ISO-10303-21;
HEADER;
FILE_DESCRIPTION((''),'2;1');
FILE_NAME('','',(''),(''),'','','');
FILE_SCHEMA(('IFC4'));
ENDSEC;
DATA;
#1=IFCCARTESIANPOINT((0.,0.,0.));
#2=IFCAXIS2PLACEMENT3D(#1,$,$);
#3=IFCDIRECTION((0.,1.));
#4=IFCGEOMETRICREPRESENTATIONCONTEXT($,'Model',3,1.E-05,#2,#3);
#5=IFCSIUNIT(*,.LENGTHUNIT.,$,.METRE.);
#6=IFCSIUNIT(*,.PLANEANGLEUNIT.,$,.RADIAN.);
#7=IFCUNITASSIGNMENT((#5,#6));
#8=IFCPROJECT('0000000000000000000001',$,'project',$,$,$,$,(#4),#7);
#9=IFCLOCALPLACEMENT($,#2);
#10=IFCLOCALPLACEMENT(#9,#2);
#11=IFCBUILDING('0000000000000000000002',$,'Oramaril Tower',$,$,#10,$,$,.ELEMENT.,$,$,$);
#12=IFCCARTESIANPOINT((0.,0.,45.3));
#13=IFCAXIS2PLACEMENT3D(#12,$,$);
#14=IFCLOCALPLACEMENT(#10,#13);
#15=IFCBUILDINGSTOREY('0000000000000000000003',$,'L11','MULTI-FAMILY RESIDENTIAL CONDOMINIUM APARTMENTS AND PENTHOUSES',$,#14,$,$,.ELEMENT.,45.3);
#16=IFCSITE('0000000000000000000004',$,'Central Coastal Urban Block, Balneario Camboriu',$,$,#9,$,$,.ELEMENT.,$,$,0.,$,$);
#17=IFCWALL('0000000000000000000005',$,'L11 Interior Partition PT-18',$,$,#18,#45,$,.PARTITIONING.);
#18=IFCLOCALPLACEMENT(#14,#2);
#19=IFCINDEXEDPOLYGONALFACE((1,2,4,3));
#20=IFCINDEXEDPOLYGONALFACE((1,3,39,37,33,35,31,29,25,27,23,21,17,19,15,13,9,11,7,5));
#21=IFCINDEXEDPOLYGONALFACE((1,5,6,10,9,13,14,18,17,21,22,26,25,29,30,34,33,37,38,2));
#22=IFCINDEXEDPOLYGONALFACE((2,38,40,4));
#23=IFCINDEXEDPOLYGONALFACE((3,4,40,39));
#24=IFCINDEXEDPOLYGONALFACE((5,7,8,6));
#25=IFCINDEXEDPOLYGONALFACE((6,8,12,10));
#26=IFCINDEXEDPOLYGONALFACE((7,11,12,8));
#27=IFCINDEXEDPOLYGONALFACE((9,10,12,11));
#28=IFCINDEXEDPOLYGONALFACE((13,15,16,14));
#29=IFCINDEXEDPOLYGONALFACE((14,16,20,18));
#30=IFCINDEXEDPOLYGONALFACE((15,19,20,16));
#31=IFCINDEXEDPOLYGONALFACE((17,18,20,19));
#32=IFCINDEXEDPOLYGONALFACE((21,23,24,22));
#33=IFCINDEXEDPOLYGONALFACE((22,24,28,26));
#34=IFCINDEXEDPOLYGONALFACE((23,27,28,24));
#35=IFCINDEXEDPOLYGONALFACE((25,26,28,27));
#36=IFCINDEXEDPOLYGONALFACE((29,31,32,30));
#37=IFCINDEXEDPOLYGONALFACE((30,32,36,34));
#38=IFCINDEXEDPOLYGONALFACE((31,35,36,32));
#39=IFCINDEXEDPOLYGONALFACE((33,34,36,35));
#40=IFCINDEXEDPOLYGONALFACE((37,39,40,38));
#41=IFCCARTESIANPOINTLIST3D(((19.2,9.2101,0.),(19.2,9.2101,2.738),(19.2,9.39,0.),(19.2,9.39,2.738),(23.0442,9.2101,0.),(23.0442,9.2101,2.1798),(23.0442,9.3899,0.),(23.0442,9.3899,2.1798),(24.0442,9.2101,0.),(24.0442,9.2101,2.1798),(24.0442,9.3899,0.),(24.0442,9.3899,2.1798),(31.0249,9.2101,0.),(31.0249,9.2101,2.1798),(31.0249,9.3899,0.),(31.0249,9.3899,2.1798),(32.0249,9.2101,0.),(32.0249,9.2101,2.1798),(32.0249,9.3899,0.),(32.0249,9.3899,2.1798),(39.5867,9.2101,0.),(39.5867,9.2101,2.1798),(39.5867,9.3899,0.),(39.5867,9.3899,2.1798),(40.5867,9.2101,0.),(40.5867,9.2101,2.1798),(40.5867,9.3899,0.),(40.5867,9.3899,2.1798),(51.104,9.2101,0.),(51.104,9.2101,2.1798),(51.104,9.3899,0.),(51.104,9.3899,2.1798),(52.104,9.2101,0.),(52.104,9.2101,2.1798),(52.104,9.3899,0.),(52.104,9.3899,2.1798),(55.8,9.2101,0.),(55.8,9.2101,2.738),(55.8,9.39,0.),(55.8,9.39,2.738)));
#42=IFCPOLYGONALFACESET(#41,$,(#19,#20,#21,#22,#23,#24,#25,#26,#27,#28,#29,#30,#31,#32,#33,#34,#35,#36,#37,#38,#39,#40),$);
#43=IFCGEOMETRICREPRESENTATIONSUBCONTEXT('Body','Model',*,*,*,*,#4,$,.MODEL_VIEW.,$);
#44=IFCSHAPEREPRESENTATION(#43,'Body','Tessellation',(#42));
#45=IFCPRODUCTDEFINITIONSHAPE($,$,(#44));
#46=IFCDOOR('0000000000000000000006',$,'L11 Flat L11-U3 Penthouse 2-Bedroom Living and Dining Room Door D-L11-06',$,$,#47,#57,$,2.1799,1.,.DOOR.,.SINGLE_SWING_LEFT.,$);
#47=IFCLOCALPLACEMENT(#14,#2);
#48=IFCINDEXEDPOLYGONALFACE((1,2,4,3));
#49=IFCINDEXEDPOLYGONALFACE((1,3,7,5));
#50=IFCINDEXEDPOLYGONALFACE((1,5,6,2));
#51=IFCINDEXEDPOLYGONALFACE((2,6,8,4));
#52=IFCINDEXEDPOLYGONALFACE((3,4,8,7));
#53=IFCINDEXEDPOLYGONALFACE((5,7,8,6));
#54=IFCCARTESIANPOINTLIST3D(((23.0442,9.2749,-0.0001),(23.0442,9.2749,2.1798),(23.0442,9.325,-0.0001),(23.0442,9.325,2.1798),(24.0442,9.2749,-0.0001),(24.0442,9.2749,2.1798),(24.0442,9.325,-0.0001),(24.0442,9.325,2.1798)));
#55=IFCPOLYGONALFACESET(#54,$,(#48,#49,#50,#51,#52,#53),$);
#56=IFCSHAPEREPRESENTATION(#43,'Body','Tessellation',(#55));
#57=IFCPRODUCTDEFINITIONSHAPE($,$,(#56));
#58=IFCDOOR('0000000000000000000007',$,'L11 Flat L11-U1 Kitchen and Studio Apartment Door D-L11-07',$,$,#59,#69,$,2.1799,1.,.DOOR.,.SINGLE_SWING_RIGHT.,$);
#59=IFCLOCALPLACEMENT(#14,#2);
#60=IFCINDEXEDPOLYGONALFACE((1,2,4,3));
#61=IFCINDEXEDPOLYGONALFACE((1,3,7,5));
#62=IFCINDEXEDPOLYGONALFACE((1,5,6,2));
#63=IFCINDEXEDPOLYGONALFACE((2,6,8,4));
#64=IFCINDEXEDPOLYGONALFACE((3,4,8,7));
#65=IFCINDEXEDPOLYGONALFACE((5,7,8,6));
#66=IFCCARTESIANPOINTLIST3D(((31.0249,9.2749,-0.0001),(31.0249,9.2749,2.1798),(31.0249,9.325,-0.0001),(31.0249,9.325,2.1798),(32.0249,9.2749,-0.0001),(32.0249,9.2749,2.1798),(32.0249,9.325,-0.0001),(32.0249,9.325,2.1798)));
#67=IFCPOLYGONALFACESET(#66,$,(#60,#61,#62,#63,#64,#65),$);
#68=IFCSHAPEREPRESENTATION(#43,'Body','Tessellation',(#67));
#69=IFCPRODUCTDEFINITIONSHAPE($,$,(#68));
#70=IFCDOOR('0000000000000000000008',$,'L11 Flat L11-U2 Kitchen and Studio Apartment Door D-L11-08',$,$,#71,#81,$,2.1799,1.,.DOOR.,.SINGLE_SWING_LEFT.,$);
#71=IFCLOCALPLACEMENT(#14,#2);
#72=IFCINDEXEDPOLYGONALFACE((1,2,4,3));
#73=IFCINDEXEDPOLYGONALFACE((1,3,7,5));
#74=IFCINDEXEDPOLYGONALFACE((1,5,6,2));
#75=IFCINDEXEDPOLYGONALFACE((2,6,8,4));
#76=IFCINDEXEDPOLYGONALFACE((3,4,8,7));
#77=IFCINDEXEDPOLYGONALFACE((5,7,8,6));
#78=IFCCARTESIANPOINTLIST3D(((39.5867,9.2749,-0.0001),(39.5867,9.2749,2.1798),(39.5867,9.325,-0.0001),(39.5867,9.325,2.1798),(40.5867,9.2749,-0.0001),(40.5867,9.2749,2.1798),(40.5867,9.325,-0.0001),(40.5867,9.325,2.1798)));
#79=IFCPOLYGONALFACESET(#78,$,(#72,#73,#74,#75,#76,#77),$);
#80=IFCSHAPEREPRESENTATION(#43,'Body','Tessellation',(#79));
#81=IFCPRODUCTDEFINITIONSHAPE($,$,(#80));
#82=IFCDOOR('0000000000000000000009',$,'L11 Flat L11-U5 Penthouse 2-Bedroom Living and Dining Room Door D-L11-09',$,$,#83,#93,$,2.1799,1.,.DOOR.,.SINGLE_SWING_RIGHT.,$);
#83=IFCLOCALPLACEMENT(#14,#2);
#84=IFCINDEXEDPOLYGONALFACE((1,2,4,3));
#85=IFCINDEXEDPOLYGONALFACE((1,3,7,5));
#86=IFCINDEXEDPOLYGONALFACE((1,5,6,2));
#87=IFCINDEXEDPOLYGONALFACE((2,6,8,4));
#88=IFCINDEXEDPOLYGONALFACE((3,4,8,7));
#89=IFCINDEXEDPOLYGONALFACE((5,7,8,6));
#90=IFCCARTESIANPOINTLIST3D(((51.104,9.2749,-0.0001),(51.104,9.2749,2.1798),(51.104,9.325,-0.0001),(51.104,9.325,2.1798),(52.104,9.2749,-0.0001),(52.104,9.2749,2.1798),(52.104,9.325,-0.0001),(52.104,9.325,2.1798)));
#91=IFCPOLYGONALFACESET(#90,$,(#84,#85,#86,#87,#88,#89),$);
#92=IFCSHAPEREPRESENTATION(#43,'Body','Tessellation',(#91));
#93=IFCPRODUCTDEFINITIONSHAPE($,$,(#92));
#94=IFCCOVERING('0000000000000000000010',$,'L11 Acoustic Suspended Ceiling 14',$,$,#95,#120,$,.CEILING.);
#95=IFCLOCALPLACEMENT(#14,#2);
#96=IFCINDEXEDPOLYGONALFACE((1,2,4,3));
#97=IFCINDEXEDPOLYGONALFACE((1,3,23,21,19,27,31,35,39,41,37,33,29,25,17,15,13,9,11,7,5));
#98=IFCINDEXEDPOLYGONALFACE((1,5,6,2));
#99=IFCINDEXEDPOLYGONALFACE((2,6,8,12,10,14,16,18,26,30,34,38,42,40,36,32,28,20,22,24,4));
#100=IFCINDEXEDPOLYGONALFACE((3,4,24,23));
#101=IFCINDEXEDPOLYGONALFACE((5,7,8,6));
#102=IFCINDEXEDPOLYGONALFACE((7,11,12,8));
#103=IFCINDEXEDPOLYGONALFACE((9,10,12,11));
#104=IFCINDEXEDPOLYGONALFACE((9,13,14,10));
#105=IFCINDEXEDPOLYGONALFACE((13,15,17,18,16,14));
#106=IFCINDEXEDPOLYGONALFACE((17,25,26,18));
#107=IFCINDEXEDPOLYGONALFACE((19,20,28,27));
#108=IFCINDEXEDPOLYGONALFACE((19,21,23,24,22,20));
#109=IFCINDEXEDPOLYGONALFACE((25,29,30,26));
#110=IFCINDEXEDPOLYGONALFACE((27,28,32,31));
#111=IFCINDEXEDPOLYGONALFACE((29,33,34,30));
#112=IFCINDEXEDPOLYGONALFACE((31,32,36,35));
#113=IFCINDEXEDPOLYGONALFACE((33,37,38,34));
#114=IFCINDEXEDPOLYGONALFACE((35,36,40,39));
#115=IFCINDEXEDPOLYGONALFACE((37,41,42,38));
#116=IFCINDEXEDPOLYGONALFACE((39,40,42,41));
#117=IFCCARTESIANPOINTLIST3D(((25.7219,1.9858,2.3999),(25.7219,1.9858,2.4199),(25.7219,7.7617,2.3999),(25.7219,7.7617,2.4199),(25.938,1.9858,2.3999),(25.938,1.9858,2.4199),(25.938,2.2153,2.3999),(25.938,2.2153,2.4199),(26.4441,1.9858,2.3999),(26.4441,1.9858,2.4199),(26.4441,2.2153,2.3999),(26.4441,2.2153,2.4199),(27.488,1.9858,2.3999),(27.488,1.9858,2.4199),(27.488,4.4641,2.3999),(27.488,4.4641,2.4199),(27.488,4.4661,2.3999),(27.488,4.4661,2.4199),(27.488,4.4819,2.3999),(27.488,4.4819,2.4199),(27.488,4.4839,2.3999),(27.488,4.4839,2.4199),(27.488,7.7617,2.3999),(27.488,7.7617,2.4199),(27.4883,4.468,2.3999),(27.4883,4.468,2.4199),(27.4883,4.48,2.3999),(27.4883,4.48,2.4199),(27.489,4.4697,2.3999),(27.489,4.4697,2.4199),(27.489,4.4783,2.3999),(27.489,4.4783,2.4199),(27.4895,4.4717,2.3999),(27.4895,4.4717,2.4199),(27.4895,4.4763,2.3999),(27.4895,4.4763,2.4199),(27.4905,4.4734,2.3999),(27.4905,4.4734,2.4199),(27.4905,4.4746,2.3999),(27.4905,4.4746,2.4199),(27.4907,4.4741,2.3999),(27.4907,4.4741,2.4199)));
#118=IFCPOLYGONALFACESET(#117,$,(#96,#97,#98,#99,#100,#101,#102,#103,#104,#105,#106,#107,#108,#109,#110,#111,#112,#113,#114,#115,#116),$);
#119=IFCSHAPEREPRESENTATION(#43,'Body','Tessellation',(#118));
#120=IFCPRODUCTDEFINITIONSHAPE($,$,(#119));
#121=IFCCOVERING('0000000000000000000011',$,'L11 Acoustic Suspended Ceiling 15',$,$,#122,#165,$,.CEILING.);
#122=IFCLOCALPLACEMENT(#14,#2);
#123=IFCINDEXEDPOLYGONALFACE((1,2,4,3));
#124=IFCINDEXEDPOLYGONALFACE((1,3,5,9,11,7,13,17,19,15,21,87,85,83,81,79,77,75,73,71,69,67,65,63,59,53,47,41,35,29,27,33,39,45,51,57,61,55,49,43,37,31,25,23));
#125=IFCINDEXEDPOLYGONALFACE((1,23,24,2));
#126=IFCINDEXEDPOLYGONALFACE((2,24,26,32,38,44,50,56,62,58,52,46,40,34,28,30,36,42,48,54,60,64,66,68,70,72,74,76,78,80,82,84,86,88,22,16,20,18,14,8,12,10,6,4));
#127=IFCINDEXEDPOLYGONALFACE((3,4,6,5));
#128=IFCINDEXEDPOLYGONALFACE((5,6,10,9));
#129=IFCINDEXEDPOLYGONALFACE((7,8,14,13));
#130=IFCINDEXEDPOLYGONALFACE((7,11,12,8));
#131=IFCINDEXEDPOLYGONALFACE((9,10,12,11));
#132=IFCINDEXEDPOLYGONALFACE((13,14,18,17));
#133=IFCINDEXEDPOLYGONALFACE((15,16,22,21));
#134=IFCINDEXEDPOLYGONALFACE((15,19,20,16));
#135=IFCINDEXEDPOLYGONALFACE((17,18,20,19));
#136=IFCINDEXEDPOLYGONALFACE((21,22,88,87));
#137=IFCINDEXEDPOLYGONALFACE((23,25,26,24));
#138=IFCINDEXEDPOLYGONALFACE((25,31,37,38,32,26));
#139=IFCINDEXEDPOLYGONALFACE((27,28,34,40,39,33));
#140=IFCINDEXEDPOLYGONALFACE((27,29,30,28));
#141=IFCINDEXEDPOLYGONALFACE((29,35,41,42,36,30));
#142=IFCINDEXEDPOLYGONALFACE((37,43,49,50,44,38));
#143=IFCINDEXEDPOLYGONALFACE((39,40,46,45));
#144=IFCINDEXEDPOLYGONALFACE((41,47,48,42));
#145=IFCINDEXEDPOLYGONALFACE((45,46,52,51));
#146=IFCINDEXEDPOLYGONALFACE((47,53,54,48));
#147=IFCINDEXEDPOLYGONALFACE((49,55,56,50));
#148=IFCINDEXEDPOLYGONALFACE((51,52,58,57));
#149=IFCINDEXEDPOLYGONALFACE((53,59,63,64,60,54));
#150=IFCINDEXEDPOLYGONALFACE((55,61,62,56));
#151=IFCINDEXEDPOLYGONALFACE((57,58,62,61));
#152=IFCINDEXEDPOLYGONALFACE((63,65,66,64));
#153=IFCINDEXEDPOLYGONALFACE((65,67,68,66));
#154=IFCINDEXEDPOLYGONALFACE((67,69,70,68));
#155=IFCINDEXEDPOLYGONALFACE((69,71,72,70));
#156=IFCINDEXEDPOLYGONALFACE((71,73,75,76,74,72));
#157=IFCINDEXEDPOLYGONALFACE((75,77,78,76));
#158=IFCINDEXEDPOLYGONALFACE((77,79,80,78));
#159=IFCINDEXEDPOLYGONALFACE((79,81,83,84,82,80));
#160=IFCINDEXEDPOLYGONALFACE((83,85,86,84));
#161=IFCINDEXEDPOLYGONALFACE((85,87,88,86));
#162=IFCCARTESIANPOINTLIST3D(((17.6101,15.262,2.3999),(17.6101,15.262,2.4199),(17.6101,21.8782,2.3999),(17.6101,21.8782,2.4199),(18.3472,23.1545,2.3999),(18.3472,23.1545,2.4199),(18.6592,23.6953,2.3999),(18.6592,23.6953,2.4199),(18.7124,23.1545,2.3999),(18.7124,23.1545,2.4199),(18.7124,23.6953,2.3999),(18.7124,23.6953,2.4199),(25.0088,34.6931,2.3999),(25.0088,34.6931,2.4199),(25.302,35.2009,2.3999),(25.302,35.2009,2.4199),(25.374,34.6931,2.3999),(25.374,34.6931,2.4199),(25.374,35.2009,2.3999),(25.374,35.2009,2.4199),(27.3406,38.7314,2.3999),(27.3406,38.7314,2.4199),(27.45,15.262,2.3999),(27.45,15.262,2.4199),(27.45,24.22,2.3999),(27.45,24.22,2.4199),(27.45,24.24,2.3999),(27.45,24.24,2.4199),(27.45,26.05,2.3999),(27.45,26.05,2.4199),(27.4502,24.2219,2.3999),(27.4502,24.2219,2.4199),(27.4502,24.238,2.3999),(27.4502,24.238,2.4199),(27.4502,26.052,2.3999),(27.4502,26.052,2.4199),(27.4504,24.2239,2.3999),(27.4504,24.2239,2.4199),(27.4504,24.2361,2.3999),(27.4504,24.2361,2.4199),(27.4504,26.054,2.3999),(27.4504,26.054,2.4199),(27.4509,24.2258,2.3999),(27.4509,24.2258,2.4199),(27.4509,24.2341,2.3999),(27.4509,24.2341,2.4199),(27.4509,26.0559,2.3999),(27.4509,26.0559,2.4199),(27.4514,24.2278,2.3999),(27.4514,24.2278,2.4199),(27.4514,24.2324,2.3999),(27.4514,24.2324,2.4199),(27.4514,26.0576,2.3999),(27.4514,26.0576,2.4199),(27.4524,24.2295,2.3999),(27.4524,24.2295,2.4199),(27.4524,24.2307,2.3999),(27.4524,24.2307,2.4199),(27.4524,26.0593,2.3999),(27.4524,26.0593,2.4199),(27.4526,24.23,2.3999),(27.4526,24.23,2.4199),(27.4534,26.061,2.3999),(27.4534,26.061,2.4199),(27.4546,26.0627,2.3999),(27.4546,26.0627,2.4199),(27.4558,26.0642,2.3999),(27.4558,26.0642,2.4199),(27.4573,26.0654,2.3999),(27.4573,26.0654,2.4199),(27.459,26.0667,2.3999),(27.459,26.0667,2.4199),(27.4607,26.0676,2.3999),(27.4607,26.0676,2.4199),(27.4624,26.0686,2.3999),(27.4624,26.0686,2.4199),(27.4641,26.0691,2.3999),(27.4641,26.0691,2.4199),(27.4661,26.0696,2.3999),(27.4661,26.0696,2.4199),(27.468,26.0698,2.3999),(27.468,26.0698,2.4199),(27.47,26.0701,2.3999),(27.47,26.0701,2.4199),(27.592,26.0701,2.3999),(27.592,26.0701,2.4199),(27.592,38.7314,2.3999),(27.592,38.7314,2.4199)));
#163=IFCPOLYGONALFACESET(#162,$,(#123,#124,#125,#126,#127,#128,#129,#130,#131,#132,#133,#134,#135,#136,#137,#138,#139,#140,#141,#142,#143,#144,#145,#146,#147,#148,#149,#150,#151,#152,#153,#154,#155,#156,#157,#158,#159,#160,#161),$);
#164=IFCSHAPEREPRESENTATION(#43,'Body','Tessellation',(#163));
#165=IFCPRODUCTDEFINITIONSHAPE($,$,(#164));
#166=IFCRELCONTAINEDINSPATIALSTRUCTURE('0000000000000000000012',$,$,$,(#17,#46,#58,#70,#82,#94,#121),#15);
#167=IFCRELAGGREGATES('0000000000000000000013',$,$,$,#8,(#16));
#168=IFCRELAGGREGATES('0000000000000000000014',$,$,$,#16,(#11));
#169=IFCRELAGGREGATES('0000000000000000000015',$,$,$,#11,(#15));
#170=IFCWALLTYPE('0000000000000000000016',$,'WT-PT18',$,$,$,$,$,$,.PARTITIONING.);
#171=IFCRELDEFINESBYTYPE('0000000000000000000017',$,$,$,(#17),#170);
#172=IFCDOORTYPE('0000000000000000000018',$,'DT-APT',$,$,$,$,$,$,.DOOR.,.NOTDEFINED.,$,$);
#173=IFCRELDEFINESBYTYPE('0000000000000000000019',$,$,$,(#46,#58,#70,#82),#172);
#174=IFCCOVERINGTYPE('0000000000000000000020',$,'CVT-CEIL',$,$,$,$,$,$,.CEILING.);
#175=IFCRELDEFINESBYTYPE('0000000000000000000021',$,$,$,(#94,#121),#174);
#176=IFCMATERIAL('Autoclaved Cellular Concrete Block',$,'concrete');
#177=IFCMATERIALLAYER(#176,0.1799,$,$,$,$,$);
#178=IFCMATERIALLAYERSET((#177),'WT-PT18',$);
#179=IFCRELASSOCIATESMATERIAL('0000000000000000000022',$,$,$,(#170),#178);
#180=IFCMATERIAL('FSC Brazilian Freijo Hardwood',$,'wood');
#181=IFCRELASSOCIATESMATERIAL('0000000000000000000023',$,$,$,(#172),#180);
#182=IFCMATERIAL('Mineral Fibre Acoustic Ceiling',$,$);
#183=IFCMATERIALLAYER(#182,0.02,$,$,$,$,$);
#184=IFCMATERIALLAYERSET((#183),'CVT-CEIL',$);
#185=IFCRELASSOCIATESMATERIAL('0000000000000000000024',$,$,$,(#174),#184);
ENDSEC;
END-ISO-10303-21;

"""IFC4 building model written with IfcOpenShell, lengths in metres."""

from ifc_helpers import new_model, si_unit, direction, frame, frame_2d, origin, place, context, subcontext, project, spatial, polyline, rectangle, outline, extrude, material, layer, layer_set, type_object, element, fill, save


model = new_model("IFC4")

# Units and contexts
model_context = context("Model", 3, precision=1e-05, world=origin(), true_north=direction((0.0, 1.0)))
body_context = subcontext(model_context, "Body", "Model", "MODEL_VIEW")
ifc_project = project(units=[si_unit("LENGTHUNIT", "METRE"), si_unit("PLANEANGLEUNIT", "RADIAN")], contexts=[model_context])

# Site, building, storey
site_placement = place(None, origin())
site = spatial("IfcSite", under=ifc_project, at=site_placement, Name="Central Coastal Urban Block, Balneario Camboriu", CompositionType="ELEMENT", RefElevation=0.0)
building_placement = place(site_placement, origin())
building = spatial("IfcBuilding", under=site, at=building_placement, Name="Oramaril Tower", CompositionType="ELEMENT")
storey_placement = place(building_placement, frame((0.0, 0.0, 45.3)))
storey = spatial("IfcBuildingStorey", under=building, at=storey_placement, Name="L11", Description="MULTI-FAMILY RESIDENTIAL CONDOMINIUM APARTMENTS AND PENTHOUSES", CompositionType="ELEMENT", Elevation=45.3)

# Wall, openings, doors
ifc_material_1 = material(Name="Autoclaved Cellular Concrete Block", Category="concrete")
ifc_layer_1 = layer(ifc_material_1, 0.1799)
ifc_layer_set_1 = layer_set([ifc_layer_1], Name="WT-PT18")
wall_type_1 = type_object("IfcWallType", Name="WT-PT18", PredefinedType="PARTITIONING", material=ifc_layer_set_1)
wall_1_placement = place(storey_placement, frame((19.2, 9.3, 0.0), z_axis=(0.0, 0.0, 1.0), x_axis=(1.0, 0.0, 0.0)))
wall_1 = element("IfcWall", 1, at=wall_1_placement, inside=storey, type_object=wall_type_1, Name="L11 Interior Partition PT-18", PredefinedType="PARTITIONING", context=body_context, shape_type="SweptSolid", body=[
    extrude(rectangle(XDim=36.6001, YDim=0.1799, at=frame_2d((18.3, 0.0))), origin(), (0.0, 0.0, 1.0), 2.738),
])
opening_1_placement = place(wall_1_placement, frame((3.8442, 0.0, 0.0)))
opening_1 = element("IfcOpeningElement", 2, at=opening_1_placement, cuts=wall_1, PredefinedType="OPENING", context=body_context, shape_type="SweptSolid", body=[
    extrude(rectangle(XDim=1.0, YDim=2.1799, at=frame_2d((0.5, 1.0898))), frame((0.0, 0.0898, 0.0), z_axis=(0.0, -1.0, 0.0), x_axis=(1.0, 0.0, 0.0)), (0.0, 0.0, 1.0), 0.1799),
])
opening_2_placement = place(wall_1_placement, frame((11.825, 0.0, 0.0)))
opening_2 = element("IfcOpeningElement", 3, at=opening_2_placement, cuts=wall_1, PredefinedType="OPENING", context=body_context, shape_type="SweptSolid", body=[
    extrude(rectangle(XDim=1.0, YDim=2.1799, at=frame_2d((0.5, 1.0898))), frame((0.0, 0.0898, 0.0), z_axis=(0.0, -1.0, 0.0), x_axis=(1.0, 0.0, 0.0)), (0.0, 0.0, 1.0), 0.1799),
])
opening_3_placement = place(wall_1_placement, frame((20.3867, 0.0, 0.0)))
opening_3 = element("IfcOpeningElement", 4, at=opening_3_placement, cuts=wall_1, PredefinedType="OPENING", context=body_context, shape_type="SweptSolid", body=[
    extrude(rectangle(XDim=1.0, YDim=2.1799, at=frame_2d((0.5, 1.0898))), frame((0.0, 0.0898, 0.0), z_axis=(0.0, -1.0, 0.0), x_axis=(1.0, 0.0, 0.0)), (0.0, 0.0, 1.0), 0.1799),
])
opening_4_placement = place(wall_1_placement, frame((31.9041, 0.0, 0.0)))
opening_4 = element("IfcOpeningElement", 5, at=opening_4_placement, cuts=wall_1, PredefinedType="OPENING", context=body_context, shape_type="SweptSolid", body=[
    extrude(rectangle(XDim=1.0, YDim=2.1799, at=frame_2d((0.5, 1.0898))), frame((0.0, 0.0898, 0.0), z_axis=(0.0, -1.0, 0.0), x_axis=(1.0, 0.0, 0.0)), (0.0, 0.0, 1.0), 0.1799),
])
ifc_material_2 = material(Name="FSC Brazilian Freijo Hardwood", Category="wood")
door_type_1 = type_object("IfcDoorType", Name="DT-APT", OperationType="NOTDEFINED", PredefinedType="DOOR", material=ifc_material_2)
door_1_placement = place(opening_1_placement, origin())
door_1 = element("IfcDoor", 6, at=door_1_placement, inside=storey, type_object=door_type_1, Name="L11 Flat L11-U3 Penthouse 2-Bedroom Living and Dining Room Door D-L11-06", OperationType="SINGLE_SWING_LEFT", OverallHeight=2.1799, OverallWidth=1.0, PredefinedType="DOOR", context=body_context, shape_type="SweptSolid", body=[
    extrude(rectangle(XDim=1.0, YDim=2.1799, at=frame_2d((0.5, 1.0898))), frame((0.0, 0.0249, 0.0), z_axis=(0.0, -1.0, 0.0), x_axis=(1.0, 0.0, 0.0)), (0.0, 0.0, 1.0), 0.05),
])
fill(opening_1, door_1)
door_2_placement = place(opening_2_placement, origin())
door_2 = element("IfcDoor", 7, at=door_2_placement, inside=storey, type_object=door_type_1, Name="L11 Flat L11-U1 Kitchen and Studio Apartment Door D-L11-07", OperationType="SINGLE_SWING_RIGHT", OverallHeight=2.1799, OverallWidth=1.0, PredefinedType="DOOR", context=body_context, shape_type="SweptSolid", body=[
    extrude(rectangle(XDim=1.0, YDim=2.1799, at=frame_2d((0.5, 1.0898))), frame((0.0, 0.0249, 0.0), z_axis=(0.0, -1.0, 0.0), x_axis=(1.0, 0.0, 0.0)), (0.0, 0.0, 1.0), 0.05),
])
fill(opening_2, door_2)
door_3_placement = place(opening_3_placement, origin())
door_3 = element("IfcDoor", 8, at=door_3_placement, inside=storey, type_object=door_type_1, Name="L11 Flat L11-U2 Kitchen and Studio Apartment Door D-L11-08", OperationType="SINGLE_SWING_LEFT", OverallHeight=2.1799, OverallWidth=1.0, PredefinedType="DOOR", context=body_context, shape_type="SweptSolid", body=[
    extrude(rectangle(XDim=1.0, YDim=2.1799, at=frame_2d((0.5, 1.0898))), frame((0.0, 0.0249, 0.0), z_axis=(0.0, -1.0, 0.0), x_axis=(1.0, 0.0, 0.0)), (0.0, 0.0, 1.0), 0.05),
])
fill(opening_3, door_3)
door_4_placement = place(opening_4_placement, origin())
door_4 = element("IfcDoor", 9, at=door_4_placement, inside=storey, type_object=door_type_1, Name="L11 Flat L11-U5 Penthouse 2-Bedroom Living and Dining Room Door D-L11-09", OperationType="SINGLE_SWING_RIGHT", OverallHeight=2.1799, OverallWidth=1.0, PredefinedType="DOOR", context=body_context, shape_type="SweptSolid", body=[
    extrude(rectangle(XDim=1.0, YDim=2.1799, at=frame_2d((0.5, 1.0898))), frame((0.0, 0.0249, 0.0), z_axis=(0.0, -1.0, 0.0), x_axis=(1.0, 0.0, 0.0)), (0.0, 0.0, 1.0), 0.05),
])
fill(opening_4, door_4)

# Coverings
ifc_material_3 = material(Name="Mineral Fibre Acoustic Ceiling")
ifc_layer_2 = layer(ifc_material_3, 0.02)
ifc_layer_set_2 = layer_set([ifc_layer_2], Name="CVT-CEIL")
covering_type_1 = type_object("IfcCoveringType", Name="CVT-CEIL", PredefinedType="CEILING", material=ifc_layer_set_2)
covering_1_placement = place(storey_placement, frame((0.0, 0.0, 2.3999)))
element("IfcCovering", 10, at=covering_1_placement, inside=storey, type_object=covering_type_1, Name="L11 Acoustic Suspended Ceiling 14", PredefinedType="CEILING", context=body_context, shape_type="SweptSolid", body=[
    extrude(outline(polyline([(26.4441, 1.9858), (26.4441, 2.2153), (25.938, 2.2153), (25.938, 1.9858), (25.7219, 1.9858), (25.7219, 7.7617), (27.488, 7.7617), (27.488, 4.4839), (27.488, 4.4819), (27.4883, 4.48), (27.489, 4.4783), (27.4895, 4.4763), (27.4905, 4.4746), (27.4907, 4.4741), (27.4905, 4.4734), (27.4895, 4.4717), (27.489, 4.4697), (27.4883, 4.468), (27.488, 4.4661), (27.488, 4.4641), (27.488, 1.9858), (26.4441, 1.9858)])), origin(), (0.0, 0.0, 1.0), 0.02),
])
covering_2_placement = place(storey_placement, frame((0.0, 0.0, 2.3999)))
element("IfcCovering", 11, at=covering_2_placement, inside=storey, type_object=covering_type_1, Name="L11 Acoustic Suspended Ceiling 15", PredefinedType="CEILING", context=body_context, shape_type="SweptSolid", body=[
    extrude(outline(polyline([(17.6101, 21.8782), (18.3472, 23.1545), (18.7124, 23.1545), (18.7124, 23.6953), (18.6592, 23.6953), (25.0088, 34.6931), (25.374, 34.6931), (25.374, 35.2009), (25.302, 35.2009), (27.3406, 38.7314), (27.592, 38.7314), (27.592, 26.0701), (27.47, 26.0701), (27.468, 26.0698), (27.4661, 26.0696), (27.4641, 26.0691), (27.4624, 26.0686), (27.4607, 26.0676), (27.459, 26.0667), (27.4573, 26.0654), (27.4558, 26.0642), (27.4546, 26.0627), (27.4534, 26.061), (27.4524, 26.0593), (27.4514, 26.0576), (27.4509, 26.0559), (27.4504, 26.054), (27.4502, 26.052), (27.45, 26.05), (27.45, 24.24), (27.4502, 24.238), (27.4504, 24.2361), (27.4509, 24.2341), (27.4514, 24.2324), (27.4524, 24.2307), (27.4526, 24.23), (27.4524, 24.2295), (27.4514, 24.2278), (27.4509, 24.2258), (27.4504, 24.2239), (27.4502, 24.2219), (27.45, 24.22), (27.45, 15.262), (17.6101, 15.262), (17.6101, 21.8782)])), origin(), (0.0, 0.0, 1.0), 0.02),
])

save(model, "model.ifc")
